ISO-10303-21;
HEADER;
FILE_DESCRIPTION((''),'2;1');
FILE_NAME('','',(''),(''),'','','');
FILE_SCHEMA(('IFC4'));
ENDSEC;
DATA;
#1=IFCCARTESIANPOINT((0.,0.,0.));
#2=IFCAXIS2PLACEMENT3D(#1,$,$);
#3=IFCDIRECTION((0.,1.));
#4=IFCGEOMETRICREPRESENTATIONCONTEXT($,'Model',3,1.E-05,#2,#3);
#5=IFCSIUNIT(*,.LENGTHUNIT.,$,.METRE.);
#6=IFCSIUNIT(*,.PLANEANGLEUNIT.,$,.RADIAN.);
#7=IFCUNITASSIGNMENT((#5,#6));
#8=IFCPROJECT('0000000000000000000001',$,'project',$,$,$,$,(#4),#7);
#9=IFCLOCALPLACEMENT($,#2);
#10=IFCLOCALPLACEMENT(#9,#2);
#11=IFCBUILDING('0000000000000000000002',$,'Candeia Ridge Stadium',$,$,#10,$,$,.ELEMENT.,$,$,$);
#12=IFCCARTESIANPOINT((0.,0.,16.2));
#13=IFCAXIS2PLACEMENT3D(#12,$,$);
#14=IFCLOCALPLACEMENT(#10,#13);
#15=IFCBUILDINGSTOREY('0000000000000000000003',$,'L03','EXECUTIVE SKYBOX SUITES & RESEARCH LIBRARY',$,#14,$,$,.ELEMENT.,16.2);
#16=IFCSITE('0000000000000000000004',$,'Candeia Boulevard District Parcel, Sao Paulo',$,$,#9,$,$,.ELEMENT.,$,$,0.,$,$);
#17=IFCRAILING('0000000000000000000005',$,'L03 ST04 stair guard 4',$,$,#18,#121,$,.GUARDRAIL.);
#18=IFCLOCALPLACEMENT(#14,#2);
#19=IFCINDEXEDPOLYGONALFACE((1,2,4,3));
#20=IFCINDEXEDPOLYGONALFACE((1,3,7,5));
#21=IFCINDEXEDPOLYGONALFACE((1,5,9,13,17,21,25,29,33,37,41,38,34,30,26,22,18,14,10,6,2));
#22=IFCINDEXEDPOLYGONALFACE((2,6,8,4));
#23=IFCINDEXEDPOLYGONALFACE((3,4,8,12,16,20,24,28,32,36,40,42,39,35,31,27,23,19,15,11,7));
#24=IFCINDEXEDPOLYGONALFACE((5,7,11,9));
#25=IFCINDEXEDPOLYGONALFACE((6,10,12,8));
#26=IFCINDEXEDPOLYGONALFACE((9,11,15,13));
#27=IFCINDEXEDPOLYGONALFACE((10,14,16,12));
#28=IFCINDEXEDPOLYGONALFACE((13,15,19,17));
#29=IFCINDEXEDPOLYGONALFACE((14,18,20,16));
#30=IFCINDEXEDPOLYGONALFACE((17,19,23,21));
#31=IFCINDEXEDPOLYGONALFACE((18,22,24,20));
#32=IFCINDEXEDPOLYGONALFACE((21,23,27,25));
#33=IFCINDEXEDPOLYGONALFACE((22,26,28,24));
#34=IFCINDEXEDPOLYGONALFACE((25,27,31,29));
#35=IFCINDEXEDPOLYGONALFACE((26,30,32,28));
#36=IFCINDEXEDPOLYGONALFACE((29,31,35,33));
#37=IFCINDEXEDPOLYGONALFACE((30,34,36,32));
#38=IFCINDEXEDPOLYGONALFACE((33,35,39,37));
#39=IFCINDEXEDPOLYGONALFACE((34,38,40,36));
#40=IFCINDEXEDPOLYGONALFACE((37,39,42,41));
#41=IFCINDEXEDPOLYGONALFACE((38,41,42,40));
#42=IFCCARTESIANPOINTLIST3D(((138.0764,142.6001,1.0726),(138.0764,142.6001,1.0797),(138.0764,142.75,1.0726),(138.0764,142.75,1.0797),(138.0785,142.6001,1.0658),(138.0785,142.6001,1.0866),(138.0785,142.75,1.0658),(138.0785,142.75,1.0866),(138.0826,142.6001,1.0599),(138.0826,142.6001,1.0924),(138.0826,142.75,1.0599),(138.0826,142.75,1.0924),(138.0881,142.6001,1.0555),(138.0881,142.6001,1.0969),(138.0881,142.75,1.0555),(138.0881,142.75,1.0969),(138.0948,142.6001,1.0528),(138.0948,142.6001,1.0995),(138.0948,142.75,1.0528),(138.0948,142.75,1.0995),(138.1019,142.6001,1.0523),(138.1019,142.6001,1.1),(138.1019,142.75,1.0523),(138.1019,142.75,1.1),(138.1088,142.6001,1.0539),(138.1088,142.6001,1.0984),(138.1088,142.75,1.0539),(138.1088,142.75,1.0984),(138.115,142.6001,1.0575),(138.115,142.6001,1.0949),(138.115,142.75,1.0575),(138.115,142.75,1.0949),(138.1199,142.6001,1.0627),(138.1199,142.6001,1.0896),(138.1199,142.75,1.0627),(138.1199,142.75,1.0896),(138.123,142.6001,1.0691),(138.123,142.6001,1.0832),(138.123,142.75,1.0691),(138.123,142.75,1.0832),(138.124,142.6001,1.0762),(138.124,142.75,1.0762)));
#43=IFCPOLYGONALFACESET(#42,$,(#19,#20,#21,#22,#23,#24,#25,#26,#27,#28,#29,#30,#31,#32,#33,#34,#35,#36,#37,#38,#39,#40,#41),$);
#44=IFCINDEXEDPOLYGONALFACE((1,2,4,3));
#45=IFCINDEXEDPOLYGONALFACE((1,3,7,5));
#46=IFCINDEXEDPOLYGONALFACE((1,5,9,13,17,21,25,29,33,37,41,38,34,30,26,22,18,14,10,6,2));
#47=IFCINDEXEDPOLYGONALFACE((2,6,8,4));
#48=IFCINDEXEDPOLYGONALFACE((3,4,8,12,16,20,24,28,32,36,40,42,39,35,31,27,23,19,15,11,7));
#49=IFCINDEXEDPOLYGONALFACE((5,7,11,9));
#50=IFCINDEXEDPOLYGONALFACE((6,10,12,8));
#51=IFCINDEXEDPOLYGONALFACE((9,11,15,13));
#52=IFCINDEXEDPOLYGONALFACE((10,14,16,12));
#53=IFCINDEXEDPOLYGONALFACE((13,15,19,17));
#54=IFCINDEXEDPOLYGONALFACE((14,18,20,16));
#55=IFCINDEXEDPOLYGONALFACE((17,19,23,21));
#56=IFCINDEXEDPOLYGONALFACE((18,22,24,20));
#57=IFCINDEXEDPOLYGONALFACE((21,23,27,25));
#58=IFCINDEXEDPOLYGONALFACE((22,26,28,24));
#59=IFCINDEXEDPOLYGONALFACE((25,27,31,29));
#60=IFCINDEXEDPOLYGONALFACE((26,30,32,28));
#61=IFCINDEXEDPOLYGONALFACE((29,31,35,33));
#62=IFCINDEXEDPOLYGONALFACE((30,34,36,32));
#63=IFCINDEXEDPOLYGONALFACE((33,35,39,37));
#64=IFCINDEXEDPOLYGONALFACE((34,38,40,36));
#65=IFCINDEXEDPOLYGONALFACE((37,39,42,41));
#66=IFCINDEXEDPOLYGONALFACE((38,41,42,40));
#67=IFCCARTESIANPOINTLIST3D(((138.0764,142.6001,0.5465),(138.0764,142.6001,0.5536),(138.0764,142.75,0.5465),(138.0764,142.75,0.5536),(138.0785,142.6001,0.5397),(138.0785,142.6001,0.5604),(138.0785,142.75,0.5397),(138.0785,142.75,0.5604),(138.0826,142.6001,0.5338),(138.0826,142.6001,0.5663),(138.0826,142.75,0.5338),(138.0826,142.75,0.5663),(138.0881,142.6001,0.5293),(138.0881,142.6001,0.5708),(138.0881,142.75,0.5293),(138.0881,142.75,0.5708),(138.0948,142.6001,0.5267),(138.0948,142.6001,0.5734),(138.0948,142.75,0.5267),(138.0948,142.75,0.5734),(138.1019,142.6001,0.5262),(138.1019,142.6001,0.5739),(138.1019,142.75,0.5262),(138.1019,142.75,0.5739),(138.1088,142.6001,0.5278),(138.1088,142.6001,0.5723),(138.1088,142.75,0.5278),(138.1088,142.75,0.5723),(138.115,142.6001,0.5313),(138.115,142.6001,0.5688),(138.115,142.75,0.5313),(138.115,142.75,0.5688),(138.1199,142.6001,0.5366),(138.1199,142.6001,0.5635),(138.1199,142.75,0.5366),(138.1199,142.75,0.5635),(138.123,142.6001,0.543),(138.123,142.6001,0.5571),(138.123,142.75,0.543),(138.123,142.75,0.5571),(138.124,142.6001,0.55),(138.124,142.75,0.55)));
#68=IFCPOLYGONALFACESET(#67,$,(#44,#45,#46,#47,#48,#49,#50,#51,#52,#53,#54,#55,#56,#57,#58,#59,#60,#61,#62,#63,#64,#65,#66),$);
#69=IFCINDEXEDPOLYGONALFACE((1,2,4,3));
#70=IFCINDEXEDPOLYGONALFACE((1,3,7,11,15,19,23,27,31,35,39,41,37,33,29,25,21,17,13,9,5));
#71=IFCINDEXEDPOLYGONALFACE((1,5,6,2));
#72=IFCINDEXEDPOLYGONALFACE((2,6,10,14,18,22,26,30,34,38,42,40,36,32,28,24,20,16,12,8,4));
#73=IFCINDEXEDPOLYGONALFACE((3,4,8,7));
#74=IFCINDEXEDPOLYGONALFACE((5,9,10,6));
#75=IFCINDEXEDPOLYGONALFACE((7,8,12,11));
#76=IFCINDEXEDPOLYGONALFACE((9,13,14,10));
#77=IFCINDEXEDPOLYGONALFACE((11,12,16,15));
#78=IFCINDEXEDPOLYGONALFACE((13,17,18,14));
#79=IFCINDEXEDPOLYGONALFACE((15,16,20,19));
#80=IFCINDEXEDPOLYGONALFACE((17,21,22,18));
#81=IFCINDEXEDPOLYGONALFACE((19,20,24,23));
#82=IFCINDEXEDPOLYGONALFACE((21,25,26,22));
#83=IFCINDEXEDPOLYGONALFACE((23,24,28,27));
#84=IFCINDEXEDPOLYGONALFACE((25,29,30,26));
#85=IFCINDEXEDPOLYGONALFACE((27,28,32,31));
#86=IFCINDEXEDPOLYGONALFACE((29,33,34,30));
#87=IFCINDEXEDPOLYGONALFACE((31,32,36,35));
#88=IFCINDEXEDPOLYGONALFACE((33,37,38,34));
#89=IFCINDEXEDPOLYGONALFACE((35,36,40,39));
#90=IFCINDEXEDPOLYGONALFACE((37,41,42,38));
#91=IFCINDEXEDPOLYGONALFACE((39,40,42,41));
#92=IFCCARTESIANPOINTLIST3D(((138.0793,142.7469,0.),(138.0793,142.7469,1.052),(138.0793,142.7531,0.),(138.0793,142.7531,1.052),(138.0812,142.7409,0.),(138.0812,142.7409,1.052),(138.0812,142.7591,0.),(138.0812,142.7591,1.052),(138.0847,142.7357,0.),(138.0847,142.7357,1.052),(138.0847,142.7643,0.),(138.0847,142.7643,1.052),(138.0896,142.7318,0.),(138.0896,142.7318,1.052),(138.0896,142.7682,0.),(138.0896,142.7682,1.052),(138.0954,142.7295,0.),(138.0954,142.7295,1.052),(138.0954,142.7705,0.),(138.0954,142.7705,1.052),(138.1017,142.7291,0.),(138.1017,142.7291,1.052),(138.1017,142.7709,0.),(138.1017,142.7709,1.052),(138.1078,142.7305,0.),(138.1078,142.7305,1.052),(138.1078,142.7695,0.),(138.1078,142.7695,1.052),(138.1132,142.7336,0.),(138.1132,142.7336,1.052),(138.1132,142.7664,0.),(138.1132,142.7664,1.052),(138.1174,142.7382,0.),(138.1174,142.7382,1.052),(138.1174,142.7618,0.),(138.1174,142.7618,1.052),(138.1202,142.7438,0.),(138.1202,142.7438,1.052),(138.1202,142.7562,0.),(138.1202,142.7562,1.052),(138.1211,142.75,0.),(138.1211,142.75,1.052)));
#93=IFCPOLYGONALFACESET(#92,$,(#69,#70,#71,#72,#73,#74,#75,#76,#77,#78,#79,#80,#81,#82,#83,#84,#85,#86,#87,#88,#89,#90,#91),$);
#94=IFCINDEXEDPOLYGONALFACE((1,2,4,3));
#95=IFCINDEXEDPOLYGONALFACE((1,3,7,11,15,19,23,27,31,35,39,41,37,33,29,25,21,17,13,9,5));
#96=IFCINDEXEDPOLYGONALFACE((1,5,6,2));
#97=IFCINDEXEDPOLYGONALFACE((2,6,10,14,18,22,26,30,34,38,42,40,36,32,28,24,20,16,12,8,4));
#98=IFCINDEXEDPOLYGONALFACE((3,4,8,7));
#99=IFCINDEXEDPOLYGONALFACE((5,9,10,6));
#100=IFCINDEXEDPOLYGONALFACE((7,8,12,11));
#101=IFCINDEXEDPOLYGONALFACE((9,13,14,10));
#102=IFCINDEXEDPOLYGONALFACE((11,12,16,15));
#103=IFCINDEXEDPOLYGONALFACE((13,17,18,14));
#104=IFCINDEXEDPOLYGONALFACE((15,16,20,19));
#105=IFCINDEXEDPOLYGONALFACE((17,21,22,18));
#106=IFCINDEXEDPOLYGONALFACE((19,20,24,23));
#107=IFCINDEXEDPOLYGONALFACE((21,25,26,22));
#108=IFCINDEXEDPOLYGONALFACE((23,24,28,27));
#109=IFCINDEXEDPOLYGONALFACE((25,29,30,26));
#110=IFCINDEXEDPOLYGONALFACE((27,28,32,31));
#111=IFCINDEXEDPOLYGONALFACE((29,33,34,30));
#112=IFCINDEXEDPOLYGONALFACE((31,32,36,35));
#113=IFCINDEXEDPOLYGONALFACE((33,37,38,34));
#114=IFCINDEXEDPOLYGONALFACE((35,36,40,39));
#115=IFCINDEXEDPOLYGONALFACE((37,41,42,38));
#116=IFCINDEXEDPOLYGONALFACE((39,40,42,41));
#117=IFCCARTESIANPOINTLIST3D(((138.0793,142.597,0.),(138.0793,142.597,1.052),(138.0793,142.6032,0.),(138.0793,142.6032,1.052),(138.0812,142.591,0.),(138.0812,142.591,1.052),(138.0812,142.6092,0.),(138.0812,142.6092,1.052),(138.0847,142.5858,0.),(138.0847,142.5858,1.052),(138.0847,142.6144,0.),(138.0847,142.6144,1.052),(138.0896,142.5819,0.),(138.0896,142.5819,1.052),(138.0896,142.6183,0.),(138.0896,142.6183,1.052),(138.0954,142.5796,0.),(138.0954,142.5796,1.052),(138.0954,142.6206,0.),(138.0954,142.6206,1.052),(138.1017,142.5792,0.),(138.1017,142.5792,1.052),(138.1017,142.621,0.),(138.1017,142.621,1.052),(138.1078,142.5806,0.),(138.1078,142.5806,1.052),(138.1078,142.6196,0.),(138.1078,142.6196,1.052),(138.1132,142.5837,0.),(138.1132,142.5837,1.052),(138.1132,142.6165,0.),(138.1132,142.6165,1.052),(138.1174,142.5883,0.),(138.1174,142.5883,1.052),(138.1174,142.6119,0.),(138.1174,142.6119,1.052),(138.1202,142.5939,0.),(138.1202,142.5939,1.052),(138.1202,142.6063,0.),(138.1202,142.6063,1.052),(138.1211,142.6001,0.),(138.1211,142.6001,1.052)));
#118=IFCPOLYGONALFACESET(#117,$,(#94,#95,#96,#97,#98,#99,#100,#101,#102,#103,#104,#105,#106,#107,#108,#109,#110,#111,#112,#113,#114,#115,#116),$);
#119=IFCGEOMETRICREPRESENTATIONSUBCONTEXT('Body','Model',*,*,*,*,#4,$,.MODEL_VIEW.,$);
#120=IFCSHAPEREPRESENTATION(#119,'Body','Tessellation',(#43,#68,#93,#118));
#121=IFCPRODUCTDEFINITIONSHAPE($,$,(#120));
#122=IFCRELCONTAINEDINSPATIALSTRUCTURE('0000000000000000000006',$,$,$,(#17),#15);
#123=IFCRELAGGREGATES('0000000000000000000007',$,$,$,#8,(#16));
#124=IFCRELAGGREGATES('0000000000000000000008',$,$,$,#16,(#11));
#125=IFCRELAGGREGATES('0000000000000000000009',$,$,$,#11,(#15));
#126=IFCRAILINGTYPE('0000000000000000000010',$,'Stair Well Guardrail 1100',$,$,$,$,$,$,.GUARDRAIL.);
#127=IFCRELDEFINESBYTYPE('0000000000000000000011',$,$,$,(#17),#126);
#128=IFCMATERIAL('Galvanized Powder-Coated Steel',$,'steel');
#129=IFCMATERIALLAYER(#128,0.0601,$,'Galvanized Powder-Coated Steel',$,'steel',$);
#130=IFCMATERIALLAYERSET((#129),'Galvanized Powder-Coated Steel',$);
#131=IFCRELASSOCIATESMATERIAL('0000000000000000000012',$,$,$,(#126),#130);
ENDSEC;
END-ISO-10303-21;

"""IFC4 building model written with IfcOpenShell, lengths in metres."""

from ifc_helpers import new_model, si_unit, direction, frame, origin, origin_2d, place, context, subcontext, project, spatial, circle, extrude, material, layer, layer_set, type_object, element, save


model = new_model("IFC4")

# Units and contexts
model_context = context("Model", 3, precision=1e-05, world=origin(), true_north=direction((0.0, 1.0)))
body_context = subcontext(model_context, "Body", "Model", "MODEL_VIEW")
ifc_project = project(units=[si_unit("LENGTHUNIT", "METRE"), si_unit("PLANEANGLEUNIT", "RADIAN")], contexts=[model_context])

# Site, building, storey
site_placement = place(None, origin())
site = spatial("IfcSite", under=ifc_project, at=site_placement, Name="Candeia Boulevard District Parcel, Sao Paulo", CompositionType="ELEMENT", RefElevation=0.0)
building_placement = place(site_placement, origin())
building = spatial("IfcBuilding", under=site, at=building_placement, Name="Candeia Ridge Stadium", CompositionType="ELEMENT")
storey_placement = place(building_placement, frame((0.0, 0.0, 16.2)))
storey = spatial("IfcBuildingStorey", under=building, at=storey_placement, Name="L03", Description="EXECUTIVE SKYBOX SUITES & RESEARCH LIBRARY", CompositionType="ELEMENT", Elevation=16.2)

# Railing
ifc_material_1 = material(Name="Galvanized Powder-Coated Steel", Category="steel")
ifc_layer_1 = layer(ifc_material_1, 0.0601, Name="Galvanized Powder-Coated Steel", Category="steel")
ifc_layer_set_1 = layer_set([ifc_layer_1], Name="Galvanized Powder-Coated Steel")
railing_type_1 = type_object("IfcRailingType", Name="Stair Well Guardrail 1100", PredefinedType="GUARDRAIL", material=ifc_layer_set_1)
railing_1_placement = place(storey_placement, frame((138.1001, 142.75, 0.0)))
element("IfcRailing", 1, at=railing_1_placement, inside=storey, type_object=railing_type_1, Name="L03 ST04 stair guard 4", PredefinedType="GUARDRAIL", context=body_context, shape_type="SweptSolid", body=[
    extrude(circle(Radius=0.0239, at=origin_2d()), frame((0.0, 0.0, 1.0762), z_axis=(0.0, -1.0, 0.0), x_axis=(1.0, 0.0, 0.0)), (0.0, 0.0, 1.0), 0.1499),
    extrude(circle(Radius=0.0239, at=origin_2d()), frame((0.0, 0.0, 0.55), z_axis=(0.0, -1.0, 0.0), x_axis=(1.0, 0.0, 0.0)), (0.0, 0.0, 1.0), 0.1499),
    extrude(circle(Radius=0.021, at=origin_2d()), origin(), (0.0, 0.0, 1.0), 1.052),
    extrude(circle(Radius=0.021, at=origin_2d()), frame((0.0, -0.1499, 0.0)), (0.0, 0.0, 1.0), 1.052),
])

save(model, "model.ifc")
